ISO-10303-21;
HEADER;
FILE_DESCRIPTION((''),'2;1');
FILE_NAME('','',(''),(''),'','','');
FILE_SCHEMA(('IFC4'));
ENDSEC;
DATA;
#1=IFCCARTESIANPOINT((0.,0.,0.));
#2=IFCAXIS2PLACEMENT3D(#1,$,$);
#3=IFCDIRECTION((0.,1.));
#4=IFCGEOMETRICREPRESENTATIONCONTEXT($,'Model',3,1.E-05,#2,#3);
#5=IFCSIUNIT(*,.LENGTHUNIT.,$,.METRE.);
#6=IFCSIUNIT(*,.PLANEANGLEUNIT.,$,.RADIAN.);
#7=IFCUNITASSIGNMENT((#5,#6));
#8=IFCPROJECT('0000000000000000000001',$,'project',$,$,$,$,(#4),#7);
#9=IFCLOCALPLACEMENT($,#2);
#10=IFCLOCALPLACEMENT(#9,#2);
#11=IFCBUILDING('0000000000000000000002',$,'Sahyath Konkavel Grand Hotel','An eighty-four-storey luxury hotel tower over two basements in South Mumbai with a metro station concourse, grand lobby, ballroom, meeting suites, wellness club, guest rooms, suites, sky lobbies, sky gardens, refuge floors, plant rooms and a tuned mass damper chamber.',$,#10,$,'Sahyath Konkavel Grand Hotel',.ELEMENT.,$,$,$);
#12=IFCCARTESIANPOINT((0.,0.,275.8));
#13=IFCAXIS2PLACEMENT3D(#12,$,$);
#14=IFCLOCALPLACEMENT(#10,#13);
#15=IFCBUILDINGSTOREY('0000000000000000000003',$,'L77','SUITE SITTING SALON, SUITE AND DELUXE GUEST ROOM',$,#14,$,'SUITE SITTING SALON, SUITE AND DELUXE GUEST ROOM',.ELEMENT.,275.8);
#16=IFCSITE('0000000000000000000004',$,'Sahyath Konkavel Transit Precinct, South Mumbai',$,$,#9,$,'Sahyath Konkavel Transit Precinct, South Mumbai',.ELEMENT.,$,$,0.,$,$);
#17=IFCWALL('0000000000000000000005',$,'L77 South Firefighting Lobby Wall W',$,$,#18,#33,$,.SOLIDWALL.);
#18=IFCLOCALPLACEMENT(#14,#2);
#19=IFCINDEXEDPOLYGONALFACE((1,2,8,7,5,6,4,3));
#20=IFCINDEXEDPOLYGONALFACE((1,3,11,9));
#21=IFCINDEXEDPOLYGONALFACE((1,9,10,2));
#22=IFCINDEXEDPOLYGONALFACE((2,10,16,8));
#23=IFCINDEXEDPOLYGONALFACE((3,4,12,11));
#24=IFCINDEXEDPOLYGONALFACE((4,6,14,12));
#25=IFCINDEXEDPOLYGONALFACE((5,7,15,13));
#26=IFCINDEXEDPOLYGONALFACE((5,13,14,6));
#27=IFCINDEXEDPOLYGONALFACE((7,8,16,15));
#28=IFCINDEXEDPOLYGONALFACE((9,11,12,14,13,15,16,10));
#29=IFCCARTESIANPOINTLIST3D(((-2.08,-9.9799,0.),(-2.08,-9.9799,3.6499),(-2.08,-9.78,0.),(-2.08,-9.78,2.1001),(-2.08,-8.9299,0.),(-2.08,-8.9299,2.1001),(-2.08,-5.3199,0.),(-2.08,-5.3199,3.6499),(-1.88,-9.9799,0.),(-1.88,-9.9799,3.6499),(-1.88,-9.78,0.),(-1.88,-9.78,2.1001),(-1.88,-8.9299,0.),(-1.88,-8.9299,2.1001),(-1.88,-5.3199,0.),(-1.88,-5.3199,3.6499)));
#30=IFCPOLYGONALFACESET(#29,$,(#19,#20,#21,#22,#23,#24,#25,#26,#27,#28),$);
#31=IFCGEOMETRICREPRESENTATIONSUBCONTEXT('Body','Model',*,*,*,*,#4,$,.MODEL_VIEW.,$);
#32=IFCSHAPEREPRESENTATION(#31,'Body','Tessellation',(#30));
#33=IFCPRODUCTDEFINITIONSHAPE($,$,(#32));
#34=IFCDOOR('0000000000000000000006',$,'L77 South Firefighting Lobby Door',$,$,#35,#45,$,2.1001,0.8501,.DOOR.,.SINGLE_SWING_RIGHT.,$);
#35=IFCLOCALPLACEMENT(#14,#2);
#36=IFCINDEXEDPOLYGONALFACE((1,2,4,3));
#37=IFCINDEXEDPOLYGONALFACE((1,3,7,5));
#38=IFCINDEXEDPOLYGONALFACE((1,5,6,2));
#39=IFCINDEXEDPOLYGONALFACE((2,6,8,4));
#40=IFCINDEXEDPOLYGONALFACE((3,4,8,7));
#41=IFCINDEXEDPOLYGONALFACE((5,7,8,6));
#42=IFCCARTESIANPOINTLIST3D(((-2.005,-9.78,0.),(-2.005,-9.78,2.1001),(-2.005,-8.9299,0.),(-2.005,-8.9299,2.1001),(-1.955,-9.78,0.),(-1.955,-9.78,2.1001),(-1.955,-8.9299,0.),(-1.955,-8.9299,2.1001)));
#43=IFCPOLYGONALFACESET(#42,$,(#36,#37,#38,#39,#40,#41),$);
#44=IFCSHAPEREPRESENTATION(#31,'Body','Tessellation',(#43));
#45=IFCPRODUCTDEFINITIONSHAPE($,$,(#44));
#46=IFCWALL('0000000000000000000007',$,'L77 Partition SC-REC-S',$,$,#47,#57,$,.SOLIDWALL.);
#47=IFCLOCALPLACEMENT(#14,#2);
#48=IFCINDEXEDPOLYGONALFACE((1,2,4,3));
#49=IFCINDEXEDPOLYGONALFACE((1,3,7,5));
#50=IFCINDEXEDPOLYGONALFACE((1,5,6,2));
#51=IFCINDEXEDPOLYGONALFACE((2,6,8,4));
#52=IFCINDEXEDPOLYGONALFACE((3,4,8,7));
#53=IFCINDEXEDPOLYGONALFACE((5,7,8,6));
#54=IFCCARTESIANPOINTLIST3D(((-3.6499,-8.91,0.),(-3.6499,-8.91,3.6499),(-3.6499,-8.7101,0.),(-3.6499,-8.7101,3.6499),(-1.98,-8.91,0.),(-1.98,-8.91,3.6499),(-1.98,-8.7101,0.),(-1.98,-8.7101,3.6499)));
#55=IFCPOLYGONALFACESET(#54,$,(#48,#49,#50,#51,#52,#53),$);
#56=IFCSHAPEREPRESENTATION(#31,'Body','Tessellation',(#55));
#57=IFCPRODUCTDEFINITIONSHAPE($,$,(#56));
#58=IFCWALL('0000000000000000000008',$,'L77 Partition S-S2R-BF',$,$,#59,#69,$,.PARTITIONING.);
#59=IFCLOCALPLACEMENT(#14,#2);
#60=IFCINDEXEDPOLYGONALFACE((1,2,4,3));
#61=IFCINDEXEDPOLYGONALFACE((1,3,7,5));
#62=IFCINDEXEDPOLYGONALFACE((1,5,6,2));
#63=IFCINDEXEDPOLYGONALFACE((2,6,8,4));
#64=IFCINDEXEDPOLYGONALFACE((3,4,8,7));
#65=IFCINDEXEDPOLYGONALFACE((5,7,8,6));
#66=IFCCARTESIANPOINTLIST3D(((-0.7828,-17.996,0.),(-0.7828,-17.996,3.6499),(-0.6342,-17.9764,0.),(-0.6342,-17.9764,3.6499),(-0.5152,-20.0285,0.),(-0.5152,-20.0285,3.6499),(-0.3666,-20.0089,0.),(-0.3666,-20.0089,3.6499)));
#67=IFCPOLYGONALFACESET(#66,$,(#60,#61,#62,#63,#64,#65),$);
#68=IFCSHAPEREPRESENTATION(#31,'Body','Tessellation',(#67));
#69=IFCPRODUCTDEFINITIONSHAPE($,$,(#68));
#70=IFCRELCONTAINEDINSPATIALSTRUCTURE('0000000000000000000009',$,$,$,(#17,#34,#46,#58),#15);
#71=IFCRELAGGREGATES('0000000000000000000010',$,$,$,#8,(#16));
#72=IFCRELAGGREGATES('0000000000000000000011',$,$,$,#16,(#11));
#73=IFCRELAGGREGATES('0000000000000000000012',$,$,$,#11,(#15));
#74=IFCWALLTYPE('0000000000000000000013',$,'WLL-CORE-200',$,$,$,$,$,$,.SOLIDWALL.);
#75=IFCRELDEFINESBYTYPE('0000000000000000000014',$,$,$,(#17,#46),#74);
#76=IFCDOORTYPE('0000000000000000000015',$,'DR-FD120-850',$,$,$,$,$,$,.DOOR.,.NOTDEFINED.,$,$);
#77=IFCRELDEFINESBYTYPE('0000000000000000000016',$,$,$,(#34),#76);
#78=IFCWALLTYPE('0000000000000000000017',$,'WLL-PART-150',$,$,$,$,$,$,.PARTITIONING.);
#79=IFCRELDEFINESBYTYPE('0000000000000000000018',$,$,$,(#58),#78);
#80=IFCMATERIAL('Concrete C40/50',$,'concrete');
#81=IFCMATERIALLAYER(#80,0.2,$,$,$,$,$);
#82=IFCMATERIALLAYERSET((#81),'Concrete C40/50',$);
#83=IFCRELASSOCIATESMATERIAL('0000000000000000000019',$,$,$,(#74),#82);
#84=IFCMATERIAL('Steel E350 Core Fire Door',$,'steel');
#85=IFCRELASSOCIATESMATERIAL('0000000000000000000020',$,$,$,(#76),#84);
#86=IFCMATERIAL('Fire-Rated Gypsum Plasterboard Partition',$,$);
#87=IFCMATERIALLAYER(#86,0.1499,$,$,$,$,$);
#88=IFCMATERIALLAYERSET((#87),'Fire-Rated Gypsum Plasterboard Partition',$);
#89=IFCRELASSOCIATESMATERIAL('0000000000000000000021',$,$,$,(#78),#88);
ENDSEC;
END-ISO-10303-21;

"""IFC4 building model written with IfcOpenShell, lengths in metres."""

from ifc_helpers import new_model, si_unit, direction, frame, frame_2d, origin, origin_2d, place, context, subcontext, project, spatial, rectangle, extrude, source, transform, mapped, material, layer, layer_set, type_object, element, fill, save


model = new_model("IFC4")

# Units and contexts
model_context = context("Model", 3, precision=1e-05, world=origin(), true_north=direction((0.0, 1.0)))
body_context = subcontext(model_context, "Body", "Model", "MODEL_VIEW")
ifc_project = project(units=[si_unit("LENGTHUNIT", "METRE"), si_unit("PLANEANGLEUNIT", "RADIAN")], contexts=[model_context])

# Site, building, storey
site_placement = place(None, origin())
site = spatial("IfcSite", under=ifc_project, at=site_placement, Name="Sahyath Konkavel Transit Precinct, South Mumbai", LongName="Sahyath Konkavel Transit Precinct, South Mumbai", CompositionType="ELEMENT", RefElevation=0.0)
building_placement = place(site_placement, origin())
building = spatial("IfcBuilding", under=site, at=building_placement, Name="Sahyath Konkavel Grand Hotel", Description="An eighty-four-storey luxury hotel tower over two basements in South Mumbai with a metro station concourse, grand lobby, ballroom, meeting suites, wellness club, guest rooms, suites, sky lobbies, sky gardens, refuge floors, plant rooms and a tuned mass damper chamber.", LongName="Sahyath Konkavel Grand Hotel", CompositionType="ELEMENT")
storey_placement = place(building_placement, frame((0.0, 0.0, 275.8)))
storey = spatial("IfcBuildingStorey", under=building, at=storey_placement, Name="L77", Description="SUITE SITTING SALON, SUITE AND DELUXE GUEST ROOM", LongName="SUITE SITTING SALON, SUITE AND DELUXE GUEST ROOM", CompositionType="ELEMENT", Elevation=275.8)

# Shared definitions
ifc_material_1 = material(Name="Concrete C40/50", Category="concrete")

# Wall, opening, door
ifc_layer_1 = layer(ifc_material_1, 0.2)
ifc_layer_set_1 = layer_set([ifc_layer_1], Name="Concrete C40/50")
wall_type_1 = type_object("IfcWallType", Name="WLL-CORE-200", PredefinedType="SOLIDWALL", material=ifc_layer_set_1)
wall_1_placement = place(storey_placement, frame((-1.98, -9.98, 0.0), z_axis=(0.0, 0.0, 1.0), x_axis=(0.0, 1.0, 0.0)))
wall_1 = element("IfcWall", 1, at=wall_1_placement, inside=storey, type_object=wall_type_1, Name="L77 South Firefighting Lobby Wall W", PredefinedType="SOLIDWALL", context=body_context, shape_type="SweptSolid", body=[
    extrude(rectangle(XDim=4.6599, YDim=0.2, at=frame_2d((2.3301, 0.0))), origin(), (0.0, 0.0, 1.0), 3.6499),
])
opening_1_placement = place(wall_1_placement, frame((0.2, 0.0, 0.0)))
opening_1 = element("IfcOpeningElement", 2, at=opening_1_placement, cuts=wall_1, PredefinedType="OPENING", context=body_context, shape_type="SweptSolid", body=[
    extrude(rectangle(XDim=0.8501, YDim=2.1001, at=frame_2d((0.425, 1.05))), frame((0.0, 0.1099, 0.0), z_axis=(0.0, -1.0, 0.0), x_axis=(1.0, 0.0, 0.0)), (0.0, 0.0, 1.0), 0.22),
])
ifc_material_2 = material(Name="Steel E350 Core Fire Door", Category="steel")
door_type_1 = type_object("IfcDoorType", Name="DR-FD120-850", OperationType="NOTDEFINED", PredefinedType="DOOR", material=ifc_material_2)
shared_shape_1 = source(origin(), body_context, "Body", "SweptSolid", [
    extrude(rectangle(XDim=0.8501, YDim=0.05, at=origin_2d()), origin(), (0.0, 0.0, 1.0), 2.1001),
])
door_1_placement = place(opening_1_placement, frame((0.425, 0.0, 0.0)))
door_1 = element("IfcDoor", 3, at=door_1_placement, inside=storey, type_object=door_type_1, Name="L77 South Firefighting Lobby Door", OperationType="SINGLE_SWING_RIGHT", OverallHeight=2.1001, OverallWidth=0.8501, PredefinedType="DOOR", context=body_context, shape_type="MappedRepresentation", body=[
    mapped(shared_shape_1, transform((0.0, 0.0, 0.0), scale=1.0)),
])
fill(opening_1, door_1)

# Walls
wall_2_placement = place(storey_placement, frame((-3.6499, -8.8101, 0.0), z_axis=(0.0, 0.0, 1.0), x_axis=(1.0, 0.0, 0.0)))
element("IfcWall", 4, at=wall_2_placement, inside=storey, type_object=wall_type_1, Name="L77 Partition SC-REC-S", PredefinedType="SOLIDWALL", context=body_context, shape_type="SweptSolid", body=[
    extrude(rectangle(XDim=1.6699, YDim=0.2, at=frame_2d((0.835, 0.0))), origin(), (0.0, 0.0, 1.0), 3.6499),
])
ifc_material_3 = material(Name="Fire-Rated Gypsum Plasterboard Partition")
ifc_layer_2 = layer(ifc_material_3, 0.1499)
ifc_layer_set_2 = layer_set([ifc_layer_2], Name="Fire-Rated Gypsum Plasterboard Partition")
wall_type_2 = type_object("IfcWallType", Name="WLL-PART-150", PredefinedType="PARTITIONING", material=ifc_layer_set_2)
wall_3_placement = place(storey_placement, frame((-0.7085, -17.9863, 0.0), z_axis=(0.0, 0.0, 1.0), x_axis=(0.130525, -0.991445, 0.0)))
element("IfcWall", 5, at=wall_3_placement, inside=storey, type_object=wall_type_2, Name="L77 Partition S-S2R-BF", PredefinedType="PARTITIONING", context=body_context, shape_type="SweptSolid", body=[
    extrude(rectangle(XDim=2.05, YDim=0.1499, at=frame_2d((1.0249, 0.0))), origin(), (0.0, 0.0, 1.0), 3.6499),
])

save(model, "model.ifc")
